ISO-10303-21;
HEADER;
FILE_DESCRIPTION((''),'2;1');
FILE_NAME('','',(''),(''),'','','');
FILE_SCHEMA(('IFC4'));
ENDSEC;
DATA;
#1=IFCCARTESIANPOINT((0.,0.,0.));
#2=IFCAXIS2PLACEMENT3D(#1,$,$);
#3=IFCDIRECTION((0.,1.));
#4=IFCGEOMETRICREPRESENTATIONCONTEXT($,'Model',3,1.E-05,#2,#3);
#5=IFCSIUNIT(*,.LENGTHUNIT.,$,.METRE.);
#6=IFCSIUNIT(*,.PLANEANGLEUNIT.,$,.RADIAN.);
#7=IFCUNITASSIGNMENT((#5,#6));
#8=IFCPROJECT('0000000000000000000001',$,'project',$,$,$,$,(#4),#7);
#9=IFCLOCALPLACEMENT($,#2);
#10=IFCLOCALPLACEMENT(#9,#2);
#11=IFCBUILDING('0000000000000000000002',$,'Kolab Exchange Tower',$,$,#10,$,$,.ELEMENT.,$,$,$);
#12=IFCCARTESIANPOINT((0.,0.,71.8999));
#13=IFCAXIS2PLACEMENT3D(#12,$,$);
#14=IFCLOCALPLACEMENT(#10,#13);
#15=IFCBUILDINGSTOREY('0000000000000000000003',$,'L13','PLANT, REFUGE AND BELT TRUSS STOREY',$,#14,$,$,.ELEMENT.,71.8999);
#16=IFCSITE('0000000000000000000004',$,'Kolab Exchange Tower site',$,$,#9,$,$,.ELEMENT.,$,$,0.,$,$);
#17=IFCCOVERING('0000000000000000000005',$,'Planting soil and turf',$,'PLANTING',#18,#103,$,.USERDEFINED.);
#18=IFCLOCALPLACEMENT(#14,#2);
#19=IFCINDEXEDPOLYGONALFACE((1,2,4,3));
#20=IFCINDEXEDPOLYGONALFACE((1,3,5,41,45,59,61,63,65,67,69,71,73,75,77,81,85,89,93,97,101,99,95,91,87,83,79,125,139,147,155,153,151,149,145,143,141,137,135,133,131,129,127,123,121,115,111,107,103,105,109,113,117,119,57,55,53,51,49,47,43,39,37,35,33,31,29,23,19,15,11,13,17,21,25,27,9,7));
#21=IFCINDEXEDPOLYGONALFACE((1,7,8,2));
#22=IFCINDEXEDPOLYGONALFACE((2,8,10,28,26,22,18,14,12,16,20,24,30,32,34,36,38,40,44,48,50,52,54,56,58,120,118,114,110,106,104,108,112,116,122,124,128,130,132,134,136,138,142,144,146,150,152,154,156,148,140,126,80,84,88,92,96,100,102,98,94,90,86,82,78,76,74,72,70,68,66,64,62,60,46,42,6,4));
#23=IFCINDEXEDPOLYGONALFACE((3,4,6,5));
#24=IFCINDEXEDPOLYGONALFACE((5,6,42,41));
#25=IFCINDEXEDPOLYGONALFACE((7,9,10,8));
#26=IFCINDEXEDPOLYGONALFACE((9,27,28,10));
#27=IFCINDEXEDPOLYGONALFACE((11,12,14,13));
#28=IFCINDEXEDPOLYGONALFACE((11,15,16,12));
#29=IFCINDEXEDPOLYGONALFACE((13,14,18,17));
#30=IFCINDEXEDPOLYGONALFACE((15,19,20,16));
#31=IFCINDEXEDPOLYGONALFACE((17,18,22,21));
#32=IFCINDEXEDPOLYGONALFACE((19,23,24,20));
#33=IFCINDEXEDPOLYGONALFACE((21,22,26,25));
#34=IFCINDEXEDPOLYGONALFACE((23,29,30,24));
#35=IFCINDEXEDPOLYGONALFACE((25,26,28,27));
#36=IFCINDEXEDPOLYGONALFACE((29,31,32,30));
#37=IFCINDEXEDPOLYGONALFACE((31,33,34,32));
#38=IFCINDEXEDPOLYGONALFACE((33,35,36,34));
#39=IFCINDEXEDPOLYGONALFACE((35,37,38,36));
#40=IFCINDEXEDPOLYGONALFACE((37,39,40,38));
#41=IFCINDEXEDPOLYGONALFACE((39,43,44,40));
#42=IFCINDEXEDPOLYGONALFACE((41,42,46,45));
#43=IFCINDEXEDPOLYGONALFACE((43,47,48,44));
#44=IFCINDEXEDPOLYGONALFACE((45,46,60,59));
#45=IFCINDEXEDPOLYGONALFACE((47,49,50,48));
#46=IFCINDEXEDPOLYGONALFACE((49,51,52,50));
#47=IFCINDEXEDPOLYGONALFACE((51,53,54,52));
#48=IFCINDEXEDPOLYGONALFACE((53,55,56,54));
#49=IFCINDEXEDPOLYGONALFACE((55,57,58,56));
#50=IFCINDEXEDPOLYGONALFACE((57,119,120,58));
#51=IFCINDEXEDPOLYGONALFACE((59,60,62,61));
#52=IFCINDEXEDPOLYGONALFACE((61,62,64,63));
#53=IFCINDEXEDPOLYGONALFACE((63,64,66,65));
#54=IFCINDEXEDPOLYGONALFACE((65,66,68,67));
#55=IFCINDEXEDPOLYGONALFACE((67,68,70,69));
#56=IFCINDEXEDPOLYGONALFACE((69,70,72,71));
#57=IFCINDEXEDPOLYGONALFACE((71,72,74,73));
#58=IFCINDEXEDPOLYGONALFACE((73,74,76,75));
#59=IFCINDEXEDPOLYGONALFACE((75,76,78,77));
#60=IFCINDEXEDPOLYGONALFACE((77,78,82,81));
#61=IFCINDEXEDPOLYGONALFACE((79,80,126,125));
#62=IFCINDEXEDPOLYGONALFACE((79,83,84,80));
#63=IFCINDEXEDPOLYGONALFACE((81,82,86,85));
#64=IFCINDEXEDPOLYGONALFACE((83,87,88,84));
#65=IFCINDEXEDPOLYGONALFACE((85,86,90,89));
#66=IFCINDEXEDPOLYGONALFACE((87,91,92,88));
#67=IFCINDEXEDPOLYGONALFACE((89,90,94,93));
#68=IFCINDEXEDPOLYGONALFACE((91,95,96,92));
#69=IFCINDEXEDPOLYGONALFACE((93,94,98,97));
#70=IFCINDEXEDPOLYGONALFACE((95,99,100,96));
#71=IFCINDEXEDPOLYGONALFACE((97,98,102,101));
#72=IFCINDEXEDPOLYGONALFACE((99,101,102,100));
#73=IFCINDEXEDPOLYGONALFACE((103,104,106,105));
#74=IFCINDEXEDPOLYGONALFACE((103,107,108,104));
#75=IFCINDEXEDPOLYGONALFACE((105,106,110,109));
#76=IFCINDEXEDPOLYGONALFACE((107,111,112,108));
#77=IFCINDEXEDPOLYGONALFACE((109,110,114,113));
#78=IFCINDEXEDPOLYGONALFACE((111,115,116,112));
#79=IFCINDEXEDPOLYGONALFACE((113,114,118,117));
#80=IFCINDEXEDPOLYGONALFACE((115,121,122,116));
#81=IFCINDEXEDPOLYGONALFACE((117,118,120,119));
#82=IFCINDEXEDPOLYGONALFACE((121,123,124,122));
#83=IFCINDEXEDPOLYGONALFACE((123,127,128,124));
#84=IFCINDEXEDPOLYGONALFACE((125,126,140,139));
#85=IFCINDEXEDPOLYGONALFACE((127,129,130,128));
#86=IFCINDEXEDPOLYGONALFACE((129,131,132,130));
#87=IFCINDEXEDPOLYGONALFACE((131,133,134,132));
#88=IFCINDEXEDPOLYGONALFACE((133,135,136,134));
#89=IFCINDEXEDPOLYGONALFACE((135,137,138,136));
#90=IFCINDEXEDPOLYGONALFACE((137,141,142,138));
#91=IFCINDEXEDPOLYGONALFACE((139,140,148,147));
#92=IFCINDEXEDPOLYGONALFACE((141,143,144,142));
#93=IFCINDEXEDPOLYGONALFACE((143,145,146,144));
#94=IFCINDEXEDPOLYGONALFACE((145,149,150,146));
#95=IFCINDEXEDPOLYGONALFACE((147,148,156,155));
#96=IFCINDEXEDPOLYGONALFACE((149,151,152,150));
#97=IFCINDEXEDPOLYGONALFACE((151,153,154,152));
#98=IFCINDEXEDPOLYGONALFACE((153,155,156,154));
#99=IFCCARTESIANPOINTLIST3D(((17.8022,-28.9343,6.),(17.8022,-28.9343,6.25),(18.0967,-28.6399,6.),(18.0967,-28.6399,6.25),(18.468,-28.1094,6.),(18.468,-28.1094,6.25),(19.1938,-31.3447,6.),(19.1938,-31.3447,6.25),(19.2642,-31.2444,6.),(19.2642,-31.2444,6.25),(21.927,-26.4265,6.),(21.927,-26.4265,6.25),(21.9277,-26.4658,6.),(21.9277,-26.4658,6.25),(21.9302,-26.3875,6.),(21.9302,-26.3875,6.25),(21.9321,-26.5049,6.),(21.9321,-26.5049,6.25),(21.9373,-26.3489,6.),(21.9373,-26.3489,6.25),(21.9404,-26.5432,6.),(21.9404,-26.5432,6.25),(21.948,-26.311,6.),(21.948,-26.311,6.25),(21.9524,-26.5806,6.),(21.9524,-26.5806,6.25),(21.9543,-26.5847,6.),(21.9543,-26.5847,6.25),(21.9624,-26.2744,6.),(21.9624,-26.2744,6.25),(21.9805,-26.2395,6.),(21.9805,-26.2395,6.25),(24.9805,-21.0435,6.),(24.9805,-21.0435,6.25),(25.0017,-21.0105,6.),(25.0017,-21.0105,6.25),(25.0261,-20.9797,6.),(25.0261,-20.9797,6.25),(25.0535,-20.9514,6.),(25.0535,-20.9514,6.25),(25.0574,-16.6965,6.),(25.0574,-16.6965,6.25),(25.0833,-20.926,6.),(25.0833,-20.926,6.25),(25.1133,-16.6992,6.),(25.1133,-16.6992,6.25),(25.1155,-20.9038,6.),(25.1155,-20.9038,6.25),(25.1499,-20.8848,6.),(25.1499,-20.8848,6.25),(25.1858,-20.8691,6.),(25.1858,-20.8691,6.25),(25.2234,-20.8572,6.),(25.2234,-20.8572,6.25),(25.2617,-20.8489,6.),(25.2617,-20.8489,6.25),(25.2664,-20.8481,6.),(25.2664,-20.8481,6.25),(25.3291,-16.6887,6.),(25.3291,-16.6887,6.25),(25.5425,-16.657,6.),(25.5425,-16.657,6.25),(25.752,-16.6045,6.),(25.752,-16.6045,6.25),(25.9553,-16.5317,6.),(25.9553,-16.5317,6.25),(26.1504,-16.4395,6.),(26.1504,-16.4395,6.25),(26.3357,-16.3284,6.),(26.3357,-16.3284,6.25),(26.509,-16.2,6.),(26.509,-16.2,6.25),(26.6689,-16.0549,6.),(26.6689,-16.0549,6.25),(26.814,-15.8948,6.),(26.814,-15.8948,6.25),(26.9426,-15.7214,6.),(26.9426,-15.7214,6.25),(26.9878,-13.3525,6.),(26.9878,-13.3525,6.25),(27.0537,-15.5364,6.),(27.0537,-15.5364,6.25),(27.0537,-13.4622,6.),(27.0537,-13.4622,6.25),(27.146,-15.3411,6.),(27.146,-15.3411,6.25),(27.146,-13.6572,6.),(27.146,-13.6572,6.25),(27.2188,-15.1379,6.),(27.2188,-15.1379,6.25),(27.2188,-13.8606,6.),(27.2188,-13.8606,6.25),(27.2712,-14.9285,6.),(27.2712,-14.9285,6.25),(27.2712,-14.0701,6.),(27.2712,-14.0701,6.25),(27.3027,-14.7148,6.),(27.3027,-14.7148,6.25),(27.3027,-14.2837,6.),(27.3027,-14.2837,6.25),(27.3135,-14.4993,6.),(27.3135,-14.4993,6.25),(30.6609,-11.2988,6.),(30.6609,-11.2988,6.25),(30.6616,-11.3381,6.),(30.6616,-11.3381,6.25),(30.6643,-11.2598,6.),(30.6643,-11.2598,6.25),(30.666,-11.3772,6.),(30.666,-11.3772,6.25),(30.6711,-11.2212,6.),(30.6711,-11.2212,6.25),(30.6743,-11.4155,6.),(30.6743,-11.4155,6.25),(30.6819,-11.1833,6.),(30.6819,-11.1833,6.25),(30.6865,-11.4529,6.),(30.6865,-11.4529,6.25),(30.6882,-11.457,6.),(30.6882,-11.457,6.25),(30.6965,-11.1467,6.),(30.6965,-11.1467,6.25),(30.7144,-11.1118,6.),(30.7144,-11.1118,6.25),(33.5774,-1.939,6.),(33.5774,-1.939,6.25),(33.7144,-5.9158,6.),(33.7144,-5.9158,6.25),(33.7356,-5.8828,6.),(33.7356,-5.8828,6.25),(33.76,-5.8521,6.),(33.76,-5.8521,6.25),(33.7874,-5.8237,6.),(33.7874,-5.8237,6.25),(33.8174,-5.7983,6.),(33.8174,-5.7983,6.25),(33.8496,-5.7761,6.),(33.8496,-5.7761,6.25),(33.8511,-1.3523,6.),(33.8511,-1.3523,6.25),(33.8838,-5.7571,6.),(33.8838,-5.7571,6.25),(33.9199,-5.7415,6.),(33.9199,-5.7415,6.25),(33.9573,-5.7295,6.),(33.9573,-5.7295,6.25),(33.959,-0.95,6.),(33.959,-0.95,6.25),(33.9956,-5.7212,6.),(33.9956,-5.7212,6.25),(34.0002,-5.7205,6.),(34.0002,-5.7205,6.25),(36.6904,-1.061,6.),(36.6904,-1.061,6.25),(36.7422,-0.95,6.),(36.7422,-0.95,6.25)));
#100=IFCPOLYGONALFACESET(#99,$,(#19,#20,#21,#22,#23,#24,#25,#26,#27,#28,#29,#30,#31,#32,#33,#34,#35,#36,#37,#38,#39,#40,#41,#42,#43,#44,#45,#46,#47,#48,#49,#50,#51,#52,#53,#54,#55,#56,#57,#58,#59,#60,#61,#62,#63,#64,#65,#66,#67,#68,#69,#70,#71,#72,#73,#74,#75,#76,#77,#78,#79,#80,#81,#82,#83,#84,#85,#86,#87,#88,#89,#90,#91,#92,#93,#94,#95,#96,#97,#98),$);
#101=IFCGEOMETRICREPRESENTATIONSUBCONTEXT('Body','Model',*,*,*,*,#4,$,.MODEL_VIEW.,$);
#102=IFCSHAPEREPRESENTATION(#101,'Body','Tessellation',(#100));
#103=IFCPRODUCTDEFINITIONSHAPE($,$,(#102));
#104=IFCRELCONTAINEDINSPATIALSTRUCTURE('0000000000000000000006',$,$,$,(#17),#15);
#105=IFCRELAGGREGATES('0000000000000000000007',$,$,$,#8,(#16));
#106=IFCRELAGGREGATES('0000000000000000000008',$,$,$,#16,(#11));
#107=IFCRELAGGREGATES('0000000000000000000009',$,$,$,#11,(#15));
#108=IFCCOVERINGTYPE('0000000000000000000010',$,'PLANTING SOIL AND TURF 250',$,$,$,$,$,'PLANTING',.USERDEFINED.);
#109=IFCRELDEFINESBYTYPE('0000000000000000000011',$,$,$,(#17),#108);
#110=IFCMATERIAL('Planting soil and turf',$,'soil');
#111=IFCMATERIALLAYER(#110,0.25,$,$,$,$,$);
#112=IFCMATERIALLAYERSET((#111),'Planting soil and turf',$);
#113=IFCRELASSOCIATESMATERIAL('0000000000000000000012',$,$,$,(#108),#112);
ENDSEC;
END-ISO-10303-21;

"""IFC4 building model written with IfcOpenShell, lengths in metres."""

from ifc_helpers import new_model, si_unit, direction, frame, origin, place, context, subcontext, project, spatial, polyline, outline, extrude, material, layer, layer_set, type_object, element, save


model = new_model("IFC4")

# Units and contexts
model_context = context("Model", 3, precision=1e-05, world=origin(), true_north=direction((0.0, 1.0)))
body_context = subcontext(model_context, "Body", "Model", "MODEL_VIEW")
ifc_project = project(units=[si_unit("LENGTHUNIT", "METRE"), si_unit("PLANEANGLEUNIT", "RADIAN")], contexts=[model_context])

# Site, building, storey
site_placement = place(None, origin())
site = spatial("IfcSite", under=ifc_project, at=site_placement, Name="Kolab Exchange Tower site", CompositionType="ELEMENT", RefElevation=0.0)
building_placement = place(site_placement, origin())
building = spatial("IfcBuilding", under=site, at=building_placement, Name="Kolab Exchange Tower", CompositionType="ELEMENT")
storey_placement = place(building_placement, frame((0.0, 0.0, 71.8999)))
storey = spatial("IfcBuildingStorey", under=building, at=storey_placement, Name="L13", Description="PLANT, REFUGE AND BELT TRUSS STOREY", CompositionType="ELEMENT", Elevation=71.8999)

# Covering
ifc_material_1 = material(Name="Planting soil and turf", Category="soil")
ifc_layer_1 = layer(ifc_material_1, 0.25)
ifc_layer_set_1 = layer_set([ifc_layer_1], Name="Planting soil and turf")
covering_type_1 = type_object("IfcCoveringType", Name="PLANTING SOIL AND TURF 250", ElementType="PLANTING", PredefinedType="USERDEFINED", material=ifc_layer_set_1)
covering_1_placement = place(storey_placement, frame((0.0, 0.0, 6.0)))
element("IfcCovering", 1, at=covering_1_placement, inside=storey, type_object=covering_type_1, Name="Planting soil and turf", ObjectType="PLANTING", PredefinedType="USERDEFINED", context=body_context, shape_type="SweptSolid", body=[
    extrude(outline(polyline([(18.0967, -28.6399), (18.468, -28.1094), (25.0574, -16.6965), (25.1133, -16.6992), (25.3291, -16.6887), (25.5425, -16.657), (25.752, -16.6045), (25.9553, -16.5317), (26.1504, -16.4395), (26.3357, -16.3284), (26.509, -16.2), (26.6689, -16.0549), (26.814, -15.8948), (26.9426, -15.7214), (27.0537, -15.5364), (27.146, -15.3411), (27.2188, -15.1379), (27.2712, -14.9285), (27.3027, -14.7148), (27.3135, -14.4993), (27.3027, -14.2837), (27.2712, -14.0701), (27.2188, -13.8606), (27.146, -13.6572), (27.0537, -13.4622), (26.9878, -13.3525), (33.5774, -1.939), (33.8511, -1.3523), (33.959, -0.95), (36.7422, -0.95), (36.6904, -1.061), (34.0002, -5.7205), (33.9956, -5.7212), (33.9573, -5.7295), (33.9199, -5.7415), (33.8838, -5.7571), (33.8496, -5.7761), (33.8174, -5.7983), (33.7874, -5.8237), (33.76, -5.8521), (33.7356, -5.8828), (33.7144, -5.9158), (30.7144, -11.1118), (30.6965, -11.1467), (30.6819, -11.1833), (30.6711, -11.2212), (30.6643, -11.2598), (30.6609, -11.2988), (30.6616, -11.3381), (30.666, -11.3772), (30.6743, -11.4155), (30.6865, -11.4529), (30.6882, -11.457), (25.2664, -20.8481), (25.2617, -20.8489), (25.2234, -20.8572), (25.1858, -20.8691), (25.1499, -20.8848), (25.1155, -20.9038), (25.0833, -20.926), (25.0535, -20.9514), (25.0261, -20.9797), (25.0017, -21.0105), (24.9805, -21.0435), (21.9805, -26.2395), (21.9624, -26.2744), (21.948, -26.311), (21.9373, -26.3489), (21.9302, -26.3875), (21.927, -26.4265), (21.9277, -26.4658), (21.9321, -26.5049), (21.9404, -26.5432), (21.9524, -26.5806), (21.9543, -26.5847), (19.2642, -31.2444), (19.1938, -31.3447), (17.8022, -28.9343), (18.0967, -28.6399)])), origin(), (0.0, 0.0, 1.0), 0.25),
])

save(model, "model.ifc")
